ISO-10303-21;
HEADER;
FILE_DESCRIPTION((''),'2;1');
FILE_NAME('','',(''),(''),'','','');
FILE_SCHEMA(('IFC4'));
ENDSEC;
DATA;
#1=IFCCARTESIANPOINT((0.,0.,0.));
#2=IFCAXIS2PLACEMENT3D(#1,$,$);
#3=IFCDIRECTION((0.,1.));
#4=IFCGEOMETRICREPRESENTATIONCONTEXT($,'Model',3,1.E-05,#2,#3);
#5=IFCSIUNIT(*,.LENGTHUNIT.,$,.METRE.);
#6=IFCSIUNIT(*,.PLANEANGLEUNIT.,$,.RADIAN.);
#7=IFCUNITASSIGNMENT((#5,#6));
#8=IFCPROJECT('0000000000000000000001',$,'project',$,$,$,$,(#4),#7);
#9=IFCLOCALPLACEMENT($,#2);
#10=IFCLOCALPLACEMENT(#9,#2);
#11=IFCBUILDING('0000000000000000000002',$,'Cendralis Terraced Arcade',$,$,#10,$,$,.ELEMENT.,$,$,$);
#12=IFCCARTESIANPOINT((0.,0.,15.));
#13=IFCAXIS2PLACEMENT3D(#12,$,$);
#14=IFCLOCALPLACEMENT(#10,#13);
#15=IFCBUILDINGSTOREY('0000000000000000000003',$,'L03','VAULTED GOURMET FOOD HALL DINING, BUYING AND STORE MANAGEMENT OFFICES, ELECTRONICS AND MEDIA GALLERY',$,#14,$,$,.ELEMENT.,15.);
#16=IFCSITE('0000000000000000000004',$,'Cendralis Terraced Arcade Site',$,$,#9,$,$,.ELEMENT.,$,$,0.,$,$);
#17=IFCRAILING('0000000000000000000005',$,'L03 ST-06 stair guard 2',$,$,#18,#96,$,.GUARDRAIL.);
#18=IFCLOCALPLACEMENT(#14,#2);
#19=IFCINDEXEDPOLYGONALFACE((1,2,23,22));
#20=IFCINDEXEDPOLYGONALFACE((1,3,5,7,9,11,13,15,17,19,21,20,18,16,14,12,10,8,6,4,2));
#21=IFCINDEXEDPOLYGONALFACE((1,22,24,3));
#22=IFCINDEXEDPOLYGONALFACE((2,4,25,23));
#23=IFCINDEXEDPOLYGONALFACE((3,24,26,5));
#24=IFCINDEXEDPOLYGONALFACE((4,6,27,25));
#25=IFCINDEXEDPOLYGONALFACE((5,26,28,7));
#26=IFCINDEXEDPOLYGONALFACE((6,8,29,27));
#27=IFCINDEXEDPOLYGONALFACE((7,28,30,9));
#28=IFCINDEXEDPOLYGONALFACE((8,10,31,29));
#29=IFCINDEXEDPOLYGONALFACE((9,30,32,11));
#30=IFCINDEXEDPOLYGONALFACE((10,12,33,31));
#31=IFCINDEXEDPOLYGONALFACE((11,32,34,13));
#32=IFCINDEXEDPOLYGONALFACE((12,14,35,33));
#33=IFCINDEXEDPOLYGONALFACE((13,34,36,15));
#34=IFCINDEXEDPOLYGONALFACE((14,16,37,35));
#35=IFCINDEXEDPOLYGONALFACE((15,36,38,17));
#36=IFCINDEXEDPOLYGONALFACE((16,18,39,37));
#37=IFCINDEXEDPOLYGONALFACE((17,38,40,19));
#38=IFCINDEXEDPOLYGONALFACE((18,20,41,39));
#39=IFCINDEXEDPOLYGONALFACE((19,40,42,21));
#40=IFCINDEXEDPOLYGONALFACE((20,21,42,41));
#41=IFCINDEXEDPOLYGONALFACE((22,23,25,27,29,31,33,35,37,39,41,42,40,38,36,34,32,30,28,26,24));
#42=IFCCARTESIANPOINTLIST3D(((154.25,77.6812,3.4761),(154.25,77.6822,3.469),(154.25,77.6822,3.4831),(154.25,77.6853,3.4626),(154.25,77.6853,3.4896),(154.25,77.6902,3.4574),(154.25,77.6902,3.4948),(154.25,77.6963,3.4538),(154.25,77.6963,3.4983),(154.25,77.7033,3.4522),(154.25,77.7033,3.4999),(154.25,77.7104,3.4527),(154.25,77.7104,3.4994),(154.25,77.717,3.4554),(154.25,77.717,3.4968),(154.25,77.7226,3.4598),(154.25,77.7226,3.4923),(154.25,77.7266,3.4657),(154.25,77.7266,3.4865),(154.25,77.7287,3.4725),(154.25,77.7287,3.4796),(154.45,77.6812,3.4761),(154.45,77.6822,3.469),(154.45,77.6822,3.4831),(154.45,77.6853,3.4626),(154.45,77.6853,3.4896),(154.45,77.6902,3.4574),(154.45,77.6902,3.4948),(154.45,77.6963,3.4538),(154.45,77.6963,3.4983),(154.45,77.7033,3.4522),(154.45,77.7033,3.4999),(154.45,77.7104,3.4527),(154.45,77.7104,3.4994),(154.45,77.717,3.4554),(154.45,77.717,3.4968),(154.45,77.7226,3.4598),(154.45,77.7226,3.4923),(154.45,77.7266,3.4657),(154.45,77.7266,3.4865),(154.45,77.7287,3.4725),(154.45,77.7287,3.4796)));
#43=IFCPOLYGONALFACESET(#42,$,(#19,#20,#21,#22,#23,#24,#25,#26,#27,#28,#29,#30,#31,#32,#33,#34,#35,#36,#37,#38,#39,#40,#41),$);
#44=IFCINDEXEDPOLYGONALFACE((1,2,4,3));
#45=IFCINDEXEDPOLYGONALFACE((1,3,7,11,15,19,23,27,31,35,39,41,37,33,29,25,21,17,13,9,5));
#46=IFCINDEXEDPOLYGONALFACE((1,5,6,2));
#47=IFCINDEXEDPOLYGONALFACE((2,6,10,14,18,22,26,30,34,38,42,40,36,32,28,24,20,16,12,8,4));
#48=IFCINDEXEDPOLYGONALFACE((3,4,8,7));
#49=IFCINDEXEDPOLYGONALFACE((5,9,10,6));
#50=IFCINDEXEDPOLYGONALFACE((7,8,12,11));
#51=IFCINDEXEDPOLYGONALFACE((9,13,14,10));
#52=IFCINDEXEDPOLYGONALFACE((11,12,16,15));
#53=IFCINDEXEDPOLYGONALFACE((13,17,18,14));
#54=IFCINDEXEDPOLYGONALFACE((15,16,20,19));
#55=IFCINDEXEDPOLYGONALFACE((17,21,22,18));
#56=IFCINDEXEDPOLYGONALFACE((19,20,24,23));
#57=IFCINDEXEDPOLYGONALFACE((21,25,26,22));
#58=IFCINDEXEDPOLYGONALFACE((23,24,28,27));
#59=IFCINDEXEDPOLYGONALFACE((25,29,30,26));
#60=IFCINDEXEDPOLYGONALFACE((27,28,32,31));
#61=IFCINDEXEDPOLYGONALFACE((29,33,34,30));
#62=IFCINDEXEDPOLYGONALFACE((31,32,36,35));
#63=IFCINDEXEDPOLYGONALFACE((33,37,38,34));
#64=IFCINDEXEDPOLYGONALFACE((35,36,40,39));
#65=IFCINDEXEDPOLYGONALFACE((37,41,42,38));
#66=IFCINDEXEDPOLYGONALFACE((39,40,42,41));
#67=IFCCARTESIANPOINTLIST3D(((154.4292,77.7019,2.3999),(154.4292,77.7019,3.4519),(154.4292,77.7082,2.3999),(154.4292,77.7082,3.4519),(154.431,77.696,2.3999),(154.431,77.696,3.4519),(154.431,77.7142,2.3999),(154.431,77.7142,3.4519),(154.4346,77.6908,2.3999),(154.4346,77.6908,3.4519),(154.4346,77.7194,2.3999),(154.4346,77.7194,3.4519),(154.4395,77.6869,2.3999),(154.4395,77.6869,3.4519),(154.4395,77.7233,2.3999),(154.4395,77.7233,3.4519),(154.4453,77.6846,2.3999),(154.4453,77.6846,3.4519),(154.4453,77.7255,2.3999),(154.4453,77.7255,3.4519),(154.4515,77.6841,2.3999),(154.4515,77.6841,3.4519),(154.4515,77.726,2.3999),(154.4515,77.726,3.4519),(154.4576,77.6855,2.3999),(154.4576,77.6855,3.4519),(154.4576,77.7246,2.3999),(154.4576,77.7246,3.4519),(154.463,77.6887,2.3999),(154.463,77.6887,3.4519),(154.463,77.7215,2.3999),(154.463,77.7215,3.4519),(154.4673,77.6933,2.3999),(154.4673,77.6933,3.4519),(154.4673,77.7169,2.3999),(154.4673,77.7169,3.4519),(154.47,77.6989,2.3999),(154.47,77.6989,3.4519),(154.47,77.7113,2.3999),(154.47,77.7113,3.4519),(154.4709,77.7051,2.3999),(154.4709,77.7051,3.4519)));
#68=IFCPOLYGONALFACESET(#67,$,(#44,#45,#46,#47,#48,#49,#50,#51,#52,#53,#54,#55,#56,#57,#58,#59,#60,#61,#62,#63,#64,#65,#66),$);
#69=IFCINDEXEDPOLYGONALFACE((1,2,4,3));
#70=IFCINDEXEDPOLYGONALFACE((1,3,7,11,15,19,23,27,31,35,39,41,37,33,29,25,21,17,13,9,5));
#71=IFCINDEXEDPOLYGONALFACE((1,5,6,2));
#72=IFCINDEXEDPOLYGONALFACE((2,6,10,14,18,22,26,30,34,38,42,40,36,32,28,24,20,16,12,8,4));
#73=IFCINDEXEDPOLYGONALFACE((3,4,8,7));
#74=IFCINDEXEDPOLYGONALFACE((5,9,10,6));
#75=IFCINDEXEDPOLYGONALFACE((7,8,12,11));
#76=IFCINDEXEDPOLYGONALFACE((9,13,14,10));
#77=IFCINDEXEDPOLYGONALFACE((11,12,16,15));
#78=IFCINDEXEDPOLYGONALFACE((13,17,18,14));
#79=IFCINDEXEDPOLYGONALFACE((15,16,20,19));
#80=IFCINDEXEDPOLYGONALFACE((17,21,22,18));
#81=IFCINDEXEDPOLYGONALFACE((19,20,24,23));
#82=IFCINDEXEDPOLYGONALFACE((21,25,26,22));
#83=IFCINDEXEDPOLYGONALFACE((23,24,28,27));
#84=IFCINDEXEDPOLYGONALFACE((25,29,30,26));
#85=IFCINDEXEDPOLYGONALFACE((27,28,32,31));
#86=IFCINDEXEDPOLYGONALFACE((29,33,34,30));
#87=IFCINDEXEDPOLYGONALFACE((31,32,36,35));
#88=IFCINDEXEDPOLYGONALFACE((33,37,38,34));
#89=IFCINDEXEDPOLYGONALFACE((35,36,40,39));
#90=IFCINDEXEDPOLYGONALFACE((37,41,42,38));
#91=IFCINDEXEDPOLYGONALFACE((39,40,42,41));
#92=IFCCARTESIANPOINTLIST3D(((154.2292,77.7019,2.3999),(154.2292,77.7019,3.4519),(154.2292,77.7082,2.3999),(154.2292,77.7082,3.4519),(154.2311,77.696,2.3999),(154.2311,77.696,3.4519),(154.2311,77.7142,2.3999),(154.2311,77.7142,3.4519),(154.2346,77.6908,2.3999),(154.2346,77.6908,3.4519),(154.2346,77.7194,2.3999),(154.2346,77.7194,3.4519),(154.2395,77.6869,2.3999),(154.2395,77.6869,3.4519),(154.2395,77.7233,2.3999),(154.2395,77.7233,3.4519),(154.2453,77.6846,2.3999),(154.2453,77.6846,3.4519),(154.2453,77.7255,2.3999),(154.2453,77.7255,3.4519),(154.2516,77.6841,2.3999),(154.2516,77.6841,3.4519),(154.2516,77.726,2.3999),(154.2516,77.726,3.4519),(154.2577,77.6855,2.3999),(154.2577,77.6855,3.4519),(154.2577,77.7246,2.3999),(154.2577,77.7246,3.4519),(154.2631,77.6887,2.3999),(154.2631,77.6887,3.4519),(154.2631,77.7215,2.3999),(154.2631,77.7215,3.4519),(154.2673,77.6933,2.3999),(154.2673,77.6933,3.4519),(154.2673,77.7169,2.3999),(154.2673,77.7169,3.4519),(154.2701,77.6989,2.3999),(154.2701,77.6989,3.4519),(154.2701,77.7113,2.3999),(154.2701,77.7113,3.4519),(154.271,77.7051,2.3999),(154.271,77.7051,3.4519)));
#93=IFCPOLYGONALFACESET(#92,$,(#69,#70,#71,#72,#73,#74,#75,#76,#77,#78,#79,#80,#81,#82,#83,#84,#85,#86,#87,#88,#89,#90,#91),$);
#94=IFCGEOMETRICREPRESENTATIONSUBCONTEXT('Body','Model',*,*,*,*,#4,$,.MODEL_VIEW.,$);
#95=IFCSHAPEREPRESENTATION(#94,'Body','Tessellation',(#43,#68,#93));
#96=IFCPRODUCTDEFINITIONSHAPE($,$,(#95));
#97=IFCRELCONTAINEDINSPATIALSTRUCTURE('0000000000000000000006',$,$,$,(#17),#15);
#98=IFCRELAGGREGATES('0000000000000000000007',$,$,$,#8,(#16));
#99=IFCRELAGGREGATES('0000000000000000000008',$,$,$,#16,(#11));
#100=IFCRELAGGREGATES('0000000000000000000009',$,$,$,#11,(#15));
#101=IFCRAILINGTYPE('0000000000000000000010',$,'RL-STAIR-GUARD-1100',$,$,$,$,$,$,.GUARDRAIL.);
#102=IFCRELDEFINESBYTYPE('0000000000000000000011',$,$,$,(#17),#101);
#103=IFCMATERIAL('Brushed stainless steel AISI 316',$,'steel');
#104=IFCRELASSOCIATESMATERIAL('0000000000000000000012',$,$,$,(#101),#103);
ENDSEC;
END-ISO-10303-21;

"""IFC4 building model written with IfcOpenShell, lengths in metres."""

from ifc_helpers import new_model, si_unit, direction, frame, origin, origin_2d, place, context, subcontext, project, spatial, circle, extrude, material, type_object, element, save


model = new_model("IFC4")

# Units and contexts
model_context = context("Model", 3, precision=1e-05, world=origin(), true_north=direction((0.0, 1.0)))
body_context = subcontext(model_context, "Body", "Model", "MODEL_VIEW")
ifc_project = project(units=[si_unit("LENGTHUNIT", "METRE"), si_unit("PLANEANGLEUNIT", "RADIAN")], contexts=[model_context])

# Site, building, storey
site_placement = place(None, origin())
site = spatial("IfcSite", under=ifc_project, at=site_placement, Name="Cendralis Terraced Arcade Site", CompositionType="ELEMENT", RefElevation=0.0)
building_placement = place(site_placement, origin())
building = spatial("IfcBuilding", under=site, at=building_placement, Name="Cendralis Terraced Arcade", CompositionType="ELEMENT")
storey_placement = place(building_placement, frame((0.0, 0.0, 15.0)))
storey = spatial("IfcBuildingStorey", under=building, at=storey_placement, Name="L03", Description="VAULTED GOURMET FOOD HALL DINING, BUYING AND STORE MANAGEMENT OFFICES, ELECTRONICS AND MEDIA GALLERY", CompositionType="ELEMENT", Elevation=15.0)

# Railing
ifc_material_1 = material(Name="Brushed stainless steel AISI 316", Category="steel")
railing_type_1 = type_object("IfcRailingType", Name="RL-STAIR-GUARD-1100", PredefinedType="GUARDRAIL", material=ifc_material_1)
railing_1_placement = place(storey_placement, frame((154.45, 77.7051, 2.3999)))
element("IfcRailing", 1, at=railing_1_placement, inside=storey, type_object=railing_type_1, Name="L03 ST-06 stair guard 2", PredefinedType="GUARDRAIL", context=body_context, shape_type="SweptSolid", body=[
    extrude(circle(Radius=0.0239, at=origin_2d()), frame((0.0, 0.0, 1.0762), z_axis=(-1.0, 0.0, 0.0), x_axis=(0.0, -1.0, 0.0)), (0.0, 0.0, 1.0), 0.2),
    extrude(circle(Radius=0.021, at=origin_2d()), origin(), (0.0, 0.0, 1.0), 1.052),
    extrude(circle(Radius=0.021, at=origin_2d()), frame((-0.2, 0.0, 0.0)), (0.0, 0.0, 1.0), 1.052),
])

save(model, "model.ifc")
